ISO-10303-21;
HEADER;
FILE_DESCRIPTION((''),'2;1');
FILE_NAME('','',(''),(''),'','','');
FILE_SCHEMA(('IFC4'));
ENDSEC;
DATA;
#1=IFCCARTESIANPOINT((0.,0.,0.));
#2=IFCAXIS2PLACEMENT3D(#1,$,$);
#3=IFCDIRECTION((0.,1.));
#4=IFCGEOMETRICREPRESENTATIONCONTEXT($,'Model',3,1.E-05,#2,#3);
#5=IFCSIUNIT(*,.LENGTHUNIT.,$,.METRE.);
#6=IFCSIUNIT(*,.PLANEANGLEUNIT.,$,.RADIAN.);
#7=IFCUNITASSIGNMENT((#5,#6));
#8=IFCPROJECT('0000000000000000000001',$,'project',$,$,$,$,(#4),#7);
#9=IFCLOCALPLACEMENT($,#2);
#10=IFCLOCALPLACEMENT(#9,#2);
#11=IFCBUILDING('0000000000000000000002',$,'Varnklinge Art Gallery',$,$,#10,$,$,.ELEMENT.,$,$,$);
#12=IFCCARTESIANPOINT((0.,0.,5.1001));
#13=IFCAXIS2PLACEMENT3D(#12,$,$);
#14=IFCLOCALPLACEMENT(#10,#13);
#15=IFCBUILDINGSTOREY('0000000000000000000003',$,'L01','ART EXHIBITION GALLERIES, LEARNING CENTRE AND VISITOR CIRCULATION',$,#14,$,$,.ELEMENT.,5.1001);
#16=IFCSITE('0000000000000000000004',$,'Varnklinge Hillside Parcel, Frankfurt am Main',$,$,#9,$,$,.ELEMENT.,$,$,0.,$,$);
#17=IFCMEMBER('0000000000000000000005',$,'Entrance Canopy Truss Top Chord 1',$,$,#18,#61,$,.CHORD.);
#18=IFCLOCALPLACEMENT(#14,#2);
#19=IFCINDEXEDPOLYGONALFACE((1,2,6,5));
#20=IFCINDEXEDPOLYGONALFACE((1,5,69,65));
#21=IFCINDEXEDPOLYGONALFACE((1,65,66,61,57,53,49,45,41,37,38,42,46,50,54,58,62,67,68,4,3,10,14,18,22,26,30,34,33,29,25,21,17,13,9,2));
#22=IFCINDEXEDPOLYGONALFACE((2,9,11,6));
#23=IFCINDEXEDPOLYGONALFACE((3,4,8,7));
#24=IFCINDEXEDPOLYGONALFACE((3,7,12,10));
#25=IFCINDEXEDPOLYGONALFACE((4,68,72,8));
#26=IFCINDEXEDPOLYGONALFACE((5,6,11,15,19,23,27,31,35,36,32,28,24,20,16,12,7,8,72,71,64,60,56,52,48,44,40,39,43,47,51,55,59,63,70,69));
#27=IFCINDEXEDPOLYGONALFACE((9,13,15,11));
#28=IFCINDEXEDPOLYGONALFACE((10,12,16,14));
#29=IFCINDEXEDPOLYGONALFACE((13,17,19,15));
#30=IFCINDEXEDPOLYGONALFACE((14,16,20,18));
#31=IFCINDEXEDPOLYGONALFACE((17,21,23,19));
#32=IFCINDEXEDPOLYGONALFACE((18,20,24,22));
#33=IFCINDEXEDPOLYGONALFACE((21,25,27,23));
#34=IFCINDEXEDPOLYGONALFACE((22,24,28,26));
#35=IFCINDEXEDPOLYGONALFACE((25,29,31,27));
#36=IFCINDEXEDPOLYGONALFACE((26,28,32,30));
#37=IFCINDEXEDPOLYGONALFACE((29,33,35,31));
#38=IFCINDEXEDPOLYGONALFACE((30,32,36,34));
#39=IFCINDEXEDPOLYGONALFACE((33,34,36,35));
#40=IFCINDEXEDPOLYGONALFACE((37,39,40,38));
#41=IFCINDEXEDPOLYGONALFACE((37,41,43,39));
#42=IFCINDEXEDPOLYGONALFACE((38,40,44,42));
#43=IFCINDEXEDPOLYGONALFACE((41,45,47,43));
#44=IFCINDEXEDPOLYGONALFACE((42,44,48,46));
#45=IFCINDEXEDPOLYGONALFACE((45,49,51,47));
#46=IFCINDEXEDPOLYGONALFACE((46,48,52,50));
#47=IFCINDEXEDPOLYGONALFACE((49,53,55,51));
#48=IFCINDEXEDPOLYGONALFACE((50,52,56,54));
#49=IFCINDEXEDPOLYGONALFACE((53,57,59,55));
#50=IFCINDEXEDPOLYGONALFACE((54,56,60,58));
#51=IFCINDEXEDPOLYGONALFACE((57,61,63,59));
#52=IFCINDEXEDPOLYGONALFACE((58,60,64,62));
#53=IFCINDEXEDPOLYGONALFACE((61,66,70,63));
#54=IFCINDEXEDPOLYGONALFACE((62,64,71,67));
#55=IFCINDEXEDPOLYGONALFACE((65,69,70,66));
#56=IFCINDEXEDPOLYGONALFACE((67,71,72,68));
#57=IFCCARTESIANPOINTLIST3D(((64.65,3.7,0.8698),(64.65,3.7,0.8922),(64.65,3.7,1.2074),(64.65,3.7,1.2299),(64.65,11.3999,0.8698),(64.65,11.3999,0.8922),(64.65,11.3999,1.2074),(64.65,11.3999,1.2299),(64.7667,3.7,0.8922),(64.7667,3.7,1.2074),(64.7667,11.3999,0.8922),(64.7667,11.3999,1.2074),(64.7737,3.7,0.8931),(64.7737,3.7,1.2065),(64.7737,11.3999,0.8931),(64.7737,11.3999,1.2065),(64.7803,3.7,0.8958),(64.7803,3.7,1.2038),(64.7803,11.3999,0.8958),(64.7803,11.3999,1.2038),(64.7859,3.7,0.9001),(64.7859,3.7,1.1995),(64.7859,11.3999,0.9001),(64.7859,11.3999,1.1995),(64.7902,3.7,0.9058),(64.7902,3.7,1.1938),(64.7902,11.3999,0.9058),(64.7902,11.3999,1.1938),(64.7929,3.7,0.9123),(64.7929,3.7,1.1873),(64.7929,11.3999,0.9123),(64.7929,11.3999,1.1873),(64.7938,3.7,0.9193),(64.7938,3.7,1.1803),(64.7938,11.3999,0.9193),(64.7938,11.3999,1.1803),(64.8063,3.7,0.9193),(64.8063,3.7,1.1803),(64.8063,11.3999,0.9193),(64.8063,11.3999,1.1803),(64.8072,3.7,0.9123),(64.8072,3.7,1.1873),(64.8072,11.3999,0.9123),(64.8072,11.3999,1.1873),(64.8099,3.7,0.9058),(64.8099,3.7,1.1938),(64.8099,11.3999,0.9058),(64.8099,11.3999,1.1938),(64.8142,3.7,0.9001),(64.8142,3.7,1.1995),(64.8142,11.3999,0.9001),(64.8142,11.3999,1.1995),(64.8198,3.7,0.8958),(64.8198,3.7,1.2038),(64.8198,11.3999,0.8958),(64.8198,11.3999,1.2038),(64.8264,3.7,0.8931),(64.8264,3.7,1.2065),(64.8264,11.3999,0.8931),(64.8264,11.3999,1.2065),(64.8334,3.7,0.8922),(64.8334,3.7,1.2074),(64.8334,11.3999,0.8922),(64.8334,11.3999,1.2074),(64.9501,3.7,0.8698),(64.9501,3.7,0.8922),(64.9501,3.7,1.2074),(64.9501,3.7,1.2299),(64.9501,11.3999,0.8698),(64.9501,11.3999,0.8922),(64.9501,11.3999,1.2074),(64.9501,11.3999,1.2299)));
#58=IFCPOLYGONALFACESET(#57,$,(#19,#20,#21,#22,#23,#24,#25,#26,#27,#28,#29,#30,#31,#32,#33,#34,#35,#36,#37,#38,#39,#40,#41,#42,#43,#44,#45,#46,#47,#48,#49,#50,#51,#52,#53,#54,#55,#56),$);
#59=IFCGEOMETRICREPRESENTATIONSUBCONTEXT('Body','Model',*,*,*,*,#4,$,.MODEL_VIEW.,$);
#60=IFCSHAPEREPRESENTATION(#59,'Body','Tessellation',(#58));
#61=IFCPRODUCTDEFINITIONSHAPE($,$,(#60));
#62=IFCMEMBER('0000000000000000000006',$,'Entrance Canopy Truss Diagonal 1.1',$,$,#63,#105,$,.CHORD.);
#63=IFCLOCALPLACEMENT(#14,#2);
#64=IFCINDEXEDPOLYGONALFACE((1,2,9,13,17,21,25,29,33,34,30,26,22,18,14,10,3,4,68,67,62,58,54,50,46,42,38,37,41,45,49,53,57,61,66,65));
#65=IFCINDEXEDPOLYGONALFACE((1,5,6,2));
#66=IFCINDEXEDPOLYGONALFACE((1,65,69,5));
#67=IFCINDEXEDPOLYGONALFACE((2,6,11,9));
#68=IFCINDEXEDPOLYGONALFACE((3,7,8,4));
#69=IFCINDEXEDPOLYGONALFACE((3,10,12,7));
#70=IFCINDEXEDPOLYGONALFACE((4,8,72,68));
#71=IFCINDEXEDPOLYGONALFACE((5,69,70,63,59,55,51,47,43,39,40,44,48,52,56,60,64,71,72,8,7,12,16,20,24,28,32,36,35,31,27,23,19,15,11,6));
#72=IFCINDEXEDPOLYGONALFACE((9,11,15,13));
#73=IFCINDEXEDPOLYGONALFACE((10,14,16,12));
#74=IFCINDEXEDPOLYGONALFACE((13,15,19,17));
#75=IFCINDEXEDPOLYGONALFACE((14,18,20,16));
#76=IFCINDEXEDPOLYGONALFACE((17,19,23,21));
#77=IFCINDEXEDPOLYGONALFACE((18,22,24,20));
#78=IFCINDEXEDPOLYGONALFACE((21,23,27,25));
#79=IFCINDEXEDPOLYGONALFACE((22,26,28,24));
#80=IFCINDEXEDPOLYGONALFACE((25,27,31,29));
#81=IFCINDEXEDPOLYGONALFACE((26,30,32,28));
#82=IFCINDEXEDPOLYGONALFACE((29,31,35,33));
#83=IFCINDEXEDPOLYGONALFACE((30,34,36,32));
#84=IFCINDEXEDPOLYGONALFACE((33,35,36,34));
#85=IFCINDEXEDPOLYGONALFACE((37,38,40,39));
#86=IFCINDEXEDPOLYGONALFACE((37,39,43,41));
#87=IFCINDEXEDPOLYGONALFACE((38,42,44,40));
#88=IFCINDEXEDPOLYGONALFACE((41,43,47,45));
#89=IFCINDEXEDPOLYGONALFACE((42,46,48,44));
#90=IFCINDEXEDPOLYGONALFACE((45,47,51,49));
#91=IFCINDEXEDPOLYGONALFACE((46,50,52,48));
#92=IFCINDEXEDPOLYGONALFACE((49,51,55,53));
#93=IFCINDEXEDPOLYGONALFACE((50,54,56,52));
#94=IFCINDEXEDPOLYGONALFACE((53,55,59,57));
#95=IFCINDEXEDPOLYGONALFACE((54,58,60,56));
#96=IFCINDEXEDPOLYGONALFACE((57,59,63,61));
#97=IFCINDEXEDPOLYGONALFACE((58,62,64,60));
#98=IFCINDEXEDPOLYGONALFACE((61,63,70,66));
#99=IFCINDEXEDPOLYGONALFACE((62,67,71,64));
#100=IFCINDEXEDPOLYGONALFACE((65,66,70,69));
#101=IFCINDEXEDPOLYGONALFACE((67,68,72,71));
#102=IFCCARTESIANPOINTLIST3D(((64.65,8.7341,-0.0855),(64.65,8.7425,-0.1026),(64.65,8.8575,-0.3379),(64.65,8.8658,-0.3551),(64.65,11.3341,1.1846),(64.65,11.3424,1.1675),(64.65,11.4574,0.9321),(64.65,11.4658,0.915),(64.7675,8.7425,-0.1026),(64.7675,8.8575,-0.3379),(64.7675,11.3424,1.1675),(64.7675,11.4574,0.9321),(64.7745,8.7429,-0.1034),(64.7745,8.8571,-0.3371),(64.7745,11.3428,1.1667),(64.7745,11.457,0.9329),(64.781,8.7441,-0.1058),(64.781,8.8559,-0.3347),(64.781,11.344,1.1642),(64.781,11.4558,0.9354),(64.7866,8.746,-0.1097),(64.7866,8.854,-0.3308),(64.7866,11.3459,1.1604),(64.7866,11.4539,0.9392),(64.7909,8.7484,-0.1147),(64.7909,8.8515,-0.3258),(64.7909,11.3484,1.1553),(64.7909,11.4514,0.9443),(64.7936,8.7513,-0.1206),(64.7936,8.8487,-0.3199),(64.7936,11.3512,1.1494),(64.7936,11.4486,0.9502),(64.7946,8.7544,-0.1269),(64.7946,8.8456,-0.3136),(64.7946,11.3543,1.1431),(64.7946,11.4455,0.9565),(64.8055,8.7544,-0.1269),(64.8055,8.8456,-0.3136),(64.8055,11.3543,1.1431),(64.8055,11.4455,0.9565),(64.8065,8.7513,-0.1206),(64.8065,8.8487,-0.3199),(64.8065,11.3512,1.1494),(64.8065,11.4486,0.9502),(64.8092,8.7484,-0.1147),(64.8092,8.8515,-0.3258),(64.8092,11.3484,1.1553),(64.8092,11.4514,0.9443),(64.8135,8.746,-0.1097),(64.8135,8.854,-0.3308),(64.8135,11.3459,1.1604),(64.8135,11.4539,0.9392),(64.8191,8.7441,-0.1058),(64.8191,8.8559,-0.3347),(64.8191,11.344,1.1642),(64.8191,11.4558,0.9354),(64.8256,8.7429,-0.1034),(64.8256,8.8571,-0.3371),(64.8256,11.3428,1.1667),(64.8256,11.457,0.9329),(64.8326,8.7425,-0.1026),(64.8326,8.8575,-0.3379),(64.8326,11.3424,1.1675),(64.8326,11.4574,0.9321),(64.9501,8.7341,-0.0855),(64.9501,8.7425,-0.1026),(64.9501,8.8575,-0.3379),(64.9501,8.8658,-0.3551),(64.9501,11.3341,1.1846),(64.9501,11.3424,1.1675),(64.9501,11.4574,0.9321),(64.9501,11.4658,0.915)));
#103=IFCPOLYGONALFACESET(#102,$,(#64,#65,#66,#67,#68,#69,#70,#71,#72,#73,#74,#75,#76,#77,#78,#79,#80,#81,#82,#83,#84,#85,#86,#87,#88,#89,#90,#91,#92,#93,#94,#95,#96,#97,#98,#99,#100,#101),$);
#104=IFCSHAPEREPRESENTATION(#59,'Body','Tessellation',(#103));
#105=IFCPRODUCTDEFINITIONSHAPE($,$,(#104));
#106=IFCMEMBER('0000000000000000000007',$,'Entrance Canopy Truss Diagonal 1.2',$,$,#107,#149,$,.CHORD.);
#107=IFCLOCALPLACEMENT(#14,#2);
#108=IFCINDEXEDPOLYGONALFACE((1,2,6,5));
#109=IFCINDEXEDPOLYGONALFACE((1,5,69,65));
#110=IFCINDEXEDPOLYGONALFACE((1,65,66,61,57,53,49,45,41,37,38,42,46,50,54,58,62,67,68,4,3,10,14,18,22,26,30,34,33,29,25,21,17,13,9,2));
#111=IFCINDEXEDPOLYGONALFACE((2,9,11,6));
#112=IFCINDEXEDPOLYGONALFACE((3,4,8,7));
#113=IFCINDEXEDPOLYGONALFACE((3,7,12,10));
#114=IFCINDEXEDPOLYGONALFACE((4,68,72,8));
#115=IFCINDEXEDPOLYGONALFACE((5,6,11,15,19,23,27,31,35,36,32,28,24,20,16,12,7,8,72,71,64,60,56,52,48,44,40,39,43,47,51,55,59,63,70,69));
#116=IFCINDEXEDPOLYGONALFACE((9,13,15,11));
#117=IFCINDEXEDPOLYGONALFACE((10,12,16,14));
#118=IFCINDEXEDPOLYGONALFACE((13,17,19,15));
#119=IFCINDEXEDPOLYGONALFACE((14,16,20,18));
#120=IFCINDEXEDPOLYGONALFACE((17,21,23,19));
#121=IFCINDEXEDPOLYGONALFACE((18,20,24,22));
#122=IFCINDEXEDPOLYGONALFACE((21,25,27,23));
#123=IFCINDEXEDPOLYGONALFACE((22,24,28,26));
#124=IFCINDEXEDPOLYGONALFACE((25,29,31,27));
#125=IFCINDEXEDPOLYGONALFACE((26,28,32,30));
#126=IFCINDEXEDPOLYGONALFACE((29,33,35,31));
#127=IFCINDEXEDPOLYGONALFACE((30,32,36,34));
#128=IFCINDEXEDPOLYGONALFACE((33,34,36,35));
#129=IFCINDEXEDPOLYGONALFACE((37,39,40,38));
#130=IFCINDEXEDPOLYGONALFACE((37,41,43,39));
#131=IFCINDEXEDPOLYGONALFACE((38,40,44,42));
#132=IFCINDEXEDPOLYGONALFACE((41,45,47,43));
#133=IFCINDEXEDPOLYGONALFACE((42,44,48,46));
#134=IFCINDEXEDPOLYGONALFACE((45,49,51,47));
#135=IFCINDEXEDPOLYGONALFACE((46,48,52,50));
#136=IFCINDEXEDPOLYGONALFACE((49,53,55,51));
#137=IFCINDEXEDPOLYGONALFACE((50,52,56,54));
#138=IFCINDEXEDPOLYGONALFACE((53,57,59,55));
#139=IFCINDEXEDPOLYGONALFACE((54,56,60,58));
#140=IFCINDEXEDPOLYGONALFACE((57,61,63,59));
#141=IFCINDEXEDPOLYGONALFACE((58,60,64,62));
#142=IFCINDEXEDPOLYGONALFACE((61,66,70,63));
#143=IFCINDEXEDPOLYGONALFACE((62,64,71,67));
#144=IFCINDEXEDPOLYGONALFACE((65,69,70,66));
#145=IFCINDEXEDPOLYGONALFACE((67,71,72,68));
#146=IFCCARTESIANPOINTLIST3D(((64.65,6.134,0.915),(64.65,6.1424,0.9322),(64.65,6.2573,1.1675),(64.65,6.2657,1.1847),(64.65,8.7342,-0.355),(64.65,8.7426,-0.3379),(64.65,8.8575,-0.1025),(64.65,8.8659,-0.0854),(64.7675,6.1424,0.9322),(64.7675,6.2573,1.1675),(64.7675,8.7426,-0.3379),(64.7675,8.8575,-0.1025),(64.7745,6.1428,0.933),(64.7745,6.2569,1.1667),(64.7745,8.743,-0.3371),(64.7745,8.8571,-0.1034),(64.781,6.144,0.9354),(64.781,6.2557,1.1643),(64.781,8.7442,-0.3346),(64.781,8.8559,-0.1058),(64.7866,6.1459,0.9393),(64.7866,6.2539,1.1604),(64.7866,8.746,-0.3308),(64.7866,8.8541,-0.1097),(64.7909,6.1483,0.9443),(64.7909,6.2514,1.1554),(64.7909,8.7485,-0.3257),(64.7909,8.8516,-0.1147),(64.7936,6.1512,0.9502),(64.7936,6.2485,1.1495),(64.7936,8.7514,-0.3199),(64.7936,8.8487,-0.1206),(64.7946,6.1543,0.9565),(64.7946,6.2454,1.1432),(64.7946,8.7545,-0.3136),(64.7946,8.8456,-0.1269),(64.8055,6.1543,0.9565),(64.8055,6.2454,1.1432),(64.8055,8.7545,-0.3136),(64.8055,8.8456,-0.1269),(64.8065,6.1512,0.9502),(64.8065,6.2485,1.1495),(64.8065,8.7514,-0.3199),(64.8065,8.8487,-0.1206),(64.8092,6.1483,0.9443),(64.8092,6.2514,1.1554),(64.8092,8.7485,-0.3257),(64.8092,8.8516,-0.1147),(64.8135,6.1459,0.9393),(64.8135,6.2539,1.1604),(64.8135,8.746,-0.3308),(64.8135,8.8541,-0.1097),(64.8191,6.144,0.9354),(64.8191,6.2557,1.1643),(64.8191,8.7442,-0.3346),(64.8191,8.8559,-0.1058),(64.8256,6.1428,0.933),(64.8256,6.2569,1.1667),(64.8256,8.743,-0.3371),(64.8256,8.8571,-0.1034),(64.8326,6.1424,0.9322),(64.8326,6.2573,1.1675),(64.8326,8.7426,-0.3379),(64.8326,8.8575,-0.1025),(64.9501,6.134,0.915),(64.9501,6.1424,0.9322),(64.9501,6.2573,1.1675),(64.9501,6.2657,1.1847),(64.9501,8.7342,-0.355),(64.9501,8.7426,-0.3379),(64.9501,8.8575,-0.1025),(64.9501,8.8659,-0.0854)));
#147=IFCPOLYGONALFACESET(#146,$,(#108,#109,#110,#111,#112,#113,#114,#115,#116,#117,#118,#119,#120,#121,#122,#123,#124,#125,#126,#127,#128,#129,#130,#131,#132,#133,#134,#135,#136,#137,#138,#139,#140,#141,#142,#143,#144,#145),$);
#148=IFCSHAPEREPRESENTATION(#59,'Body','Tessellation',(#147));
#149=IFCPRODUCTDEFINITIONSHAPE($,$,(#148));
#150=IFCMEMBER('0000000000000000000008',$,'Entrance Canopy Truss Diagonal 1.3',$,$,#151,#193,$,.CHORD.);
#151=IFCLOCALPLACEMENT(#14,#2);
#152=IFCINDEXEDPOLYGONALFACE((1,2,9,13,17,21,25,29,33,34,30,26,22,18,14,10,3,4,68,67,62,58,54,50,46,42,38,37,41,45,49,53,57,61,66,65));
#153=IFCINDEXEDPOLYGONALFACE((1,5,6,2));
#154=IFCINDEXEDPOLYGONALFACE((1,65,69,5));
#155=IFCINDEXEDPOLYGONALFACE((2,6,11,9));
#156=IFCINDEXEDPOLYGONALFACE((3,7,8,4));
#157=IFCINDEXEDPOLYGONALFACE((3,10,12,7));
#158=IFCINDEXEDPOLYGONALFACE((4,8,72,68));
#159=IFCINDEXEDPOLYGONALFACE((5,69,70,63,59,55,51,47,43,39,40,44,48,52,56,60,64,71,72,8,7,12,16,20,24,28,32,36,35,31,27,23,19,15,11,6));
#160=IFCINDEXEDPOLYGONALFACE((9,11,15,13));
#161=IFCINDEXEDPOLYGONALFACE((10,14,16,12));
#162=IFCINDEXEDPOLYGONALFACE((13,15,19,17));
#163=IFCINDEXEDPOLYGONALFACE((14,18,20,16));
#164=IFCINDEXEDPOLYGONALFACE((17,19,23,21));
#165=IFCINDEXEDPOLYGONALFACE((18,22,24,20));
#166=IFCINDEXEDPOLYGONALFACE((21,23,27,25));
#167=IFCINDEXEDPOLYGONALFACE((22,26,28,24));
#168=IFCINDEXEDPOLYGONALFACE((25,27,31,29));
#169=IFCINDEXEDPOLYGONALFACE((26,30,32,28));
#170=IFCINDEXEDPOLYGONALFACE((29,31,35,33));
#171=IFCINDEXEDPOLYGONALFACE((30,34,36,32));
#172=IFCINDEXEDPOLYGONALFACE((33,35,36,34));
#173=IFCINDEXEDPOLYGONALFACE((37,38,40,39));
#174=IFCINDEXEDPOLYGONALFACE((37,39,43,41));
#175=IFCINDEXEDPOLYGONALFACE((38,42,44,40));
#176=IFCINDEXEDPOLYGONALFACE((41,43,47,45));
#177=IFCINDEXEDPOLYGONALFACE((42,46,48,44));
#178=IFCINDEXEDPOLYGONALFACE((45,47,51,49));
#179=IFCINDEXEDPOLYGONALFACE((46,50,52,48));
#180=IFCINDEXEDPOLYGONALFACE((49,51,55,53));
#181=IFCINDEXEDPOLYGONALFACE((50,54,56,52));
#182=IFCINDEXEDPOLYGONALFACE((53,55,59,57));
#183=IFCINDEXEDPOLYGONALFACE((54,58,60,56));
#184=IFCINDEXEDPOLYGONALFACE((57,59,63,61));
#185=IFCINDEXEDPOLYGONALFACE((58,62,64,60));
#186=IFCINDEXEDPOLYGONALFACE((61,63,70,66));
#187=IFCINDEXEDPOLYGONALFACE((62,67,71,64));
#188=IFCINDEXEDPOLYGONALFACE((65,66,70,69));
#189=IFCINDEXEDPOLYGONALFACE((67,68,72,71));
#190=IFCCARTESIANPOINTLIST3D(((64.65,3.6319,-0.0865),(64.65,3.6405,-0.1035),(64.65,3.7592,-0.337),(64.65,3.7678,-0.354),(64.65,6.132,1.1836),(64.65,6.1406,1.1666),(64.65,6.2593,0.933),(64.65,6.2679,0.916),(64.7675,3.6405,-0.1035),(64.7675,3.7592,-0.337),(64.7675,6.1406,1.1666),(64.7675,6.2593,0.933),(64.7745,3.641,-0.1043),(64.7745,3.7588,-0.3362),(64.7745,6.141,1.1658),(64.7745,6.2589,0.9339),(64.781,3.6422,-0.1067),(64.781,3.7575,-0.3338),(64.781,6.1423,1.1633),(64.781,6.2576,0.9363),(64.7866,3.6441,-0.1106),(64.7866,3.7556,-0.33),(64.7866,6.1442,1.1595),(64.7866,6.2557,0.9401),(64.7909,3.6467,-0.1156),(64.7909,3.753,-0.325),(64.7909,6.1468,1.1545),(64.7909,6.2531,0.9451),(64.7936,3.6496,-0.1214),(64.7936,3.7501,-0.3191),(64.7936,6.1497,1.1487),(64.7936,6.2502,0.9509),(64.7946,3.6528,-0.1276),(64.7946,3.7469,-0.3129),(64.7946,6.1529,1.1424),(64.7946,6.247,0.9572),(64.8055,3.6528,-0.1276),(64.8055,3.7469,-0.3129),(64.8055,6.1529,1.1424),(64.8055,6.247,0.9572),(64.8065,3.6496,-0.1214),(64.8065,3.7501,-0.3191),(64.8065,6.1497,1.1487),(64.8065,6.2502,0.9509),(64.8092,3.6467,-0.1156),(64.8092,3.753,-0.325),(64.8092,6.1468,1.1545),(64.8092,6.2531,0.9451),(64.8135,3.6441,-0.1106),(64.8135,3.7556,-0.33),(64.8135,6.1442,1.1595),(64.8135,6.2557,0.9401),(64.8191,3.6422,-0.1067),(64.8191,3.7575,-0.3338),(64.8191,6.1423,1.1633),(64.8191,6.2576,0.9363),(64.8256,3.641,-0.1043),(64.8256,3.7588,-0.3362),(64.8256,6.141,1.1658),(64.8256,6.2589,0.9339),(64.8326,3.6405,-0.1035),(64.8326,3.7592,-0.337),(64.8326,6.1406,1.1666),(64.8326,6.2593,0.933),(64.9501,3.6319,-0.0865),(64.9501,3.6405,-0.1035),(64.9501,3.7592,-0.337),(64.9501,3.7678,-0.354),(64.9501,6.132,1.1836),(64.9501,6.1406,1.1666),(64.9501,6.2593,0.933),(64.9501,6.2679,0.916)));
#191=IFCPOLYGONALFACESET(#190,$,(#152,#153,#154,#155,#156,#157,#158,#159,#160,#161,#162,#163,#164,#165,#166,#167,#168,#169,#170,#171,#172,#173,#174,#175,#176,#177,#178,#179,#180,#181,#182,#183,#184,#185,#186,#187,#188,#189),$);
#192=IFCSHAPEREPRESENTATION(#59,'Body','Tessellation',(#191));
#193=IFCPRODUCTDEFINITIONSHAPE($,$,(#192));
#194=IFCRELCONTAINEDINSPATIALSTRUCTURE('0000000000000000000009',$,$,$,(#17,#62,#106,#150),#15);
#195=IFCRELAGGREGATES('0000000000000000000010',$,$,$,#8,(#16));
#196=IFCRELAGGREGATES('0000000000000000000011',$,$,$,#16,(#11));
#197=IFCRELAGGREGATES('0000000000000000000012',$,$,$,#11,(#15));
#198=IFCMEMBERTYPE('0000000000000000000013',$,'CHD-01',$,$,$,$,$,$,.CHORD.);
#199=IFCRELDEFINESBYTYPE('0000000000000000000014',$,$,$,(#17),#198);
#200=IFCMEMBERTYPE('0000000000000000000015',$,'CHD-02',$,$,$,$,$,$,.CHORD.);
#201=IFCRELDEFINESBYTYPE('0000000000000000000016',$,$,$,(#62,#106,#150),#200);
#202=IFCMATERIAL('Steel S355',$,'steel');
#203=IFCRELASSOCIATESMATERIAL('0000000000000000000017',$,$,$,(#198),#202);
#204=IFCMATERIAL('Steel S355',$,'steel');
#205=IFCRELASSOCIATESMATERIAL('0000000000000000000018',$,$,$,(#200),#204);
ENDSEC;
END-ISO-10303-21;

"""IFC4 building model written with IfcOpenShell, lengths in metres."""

from ifc_helpers import new_model, si_unit, direction, frame, origin, origin_2d, place, context, subcontext, project, spatial, i_section, extrude, material, material_profile, profile_set, type_object, element, save


model = new_model("IFC4")

# Units and contexts
model_context = context("Model", 3, precision=1e-05, world=origin(), true_north=direction((0.0, 1.0)))
body_context = subcontext(model_context, "Body", "Model", "MODEL_VIEW")
ifc_project = project(units=[si_unit("LENGTHUNIT", "METRE"), si_unit("PLANEANGLEUNIT", "RADIAN")], contexts=[model_context])

# Site, building, storey
site_placement = place(None, origin())
site = spatial("IfcSite", under=ifc_project, at=site_placement, Name="Varnklinge Hillside Parcel, Frankfurt am Main", CompositionType="ELEMENT", RefElevation=0.0)
building_placement = place(site_placement, origin())
building = spatial("IfcBuilding", under=site, at=building_placement, Name="Varnklinge Art Gallery", CompositionType="ELEMENT")
storey_placement = place(building_placement, frame((0.0, 0.0, 5.1001)))
storey = spatial("IfcBuildingStorey", under=building, at=storey_placement, Name="L01", Description="ART EXHIBITION GALLERIES, LEARNING CENTRE AND VISITOR CIRCULATION", CompositionType="ELEMENT", Elevation=5.1001)

# Members
ifc_material_1 = material(Name="Steel S355", Category="steel")
ifc_material_profile_1 = material_profile(ifc_material_1, i_section(OverallWidth=0.3, OverallDepth=0.3601, WebThickness=0.0125, FlangeThickness=0.0225, FilletRadius=0.0271, at=origin_2d()), Name="HEB 360")
ifc_profile_set_1 = profile_set([ifc_material_profile_1], Name="Steel S355")
member_type_1 = type_object("IfcMemberType", Name="CHD-01", PredefinedType="CHORD", material=ifc_profile_set_1)
member_1_placement = place(storey_placement, frame((64.8, 11.3999, 1.0498), z_axis=(0.0, -1.0, 0.0), x_axis=(1.0, 0.0, 0.0)))
element("IfcMember", 1, at=member_1_placement, inside=storey, type_object=member_type_1, Name="Entrance Canopy Truss Top Chord 1", PredefinedType="CHORD", context=body_context, shape_type="SweptSolid", body=[
    extrude(i_section(OverallWidth=0.3, OverallDepth=0.3601, WebThickness=0.0125, FlangeThickness=0.0225, FilletRadius=0.0271, at=origin_2d()), origin(), (0.0, 0.0, 1.0), 7.7),
])
ifc_material_2 = material(Name="Steel S355", Category="steel")
ifc_material_profile_2 = material_profile(ifc_material_2, i_section(OverallWidth=0.3, OverallDepth=0.3, WebThickness=0.011, FlangeThickness=0.019, FilletRadius=0.0271, at=origin_2d()), Name="HEB 300")
ifc_profile_set_2 = profile_set([ifc_material_profile_2], Name="Steel S355")
member_type_2 = type_object("IfcMemberType", Name="CHD-02", PredefinedType="CHORD", material=ifc_profile_set_2)
member_2_placement = place(storey_placement, frame((64.8, 11.3999, 1.0498), z_axis=(0.0, -0.898523, -0.438926), x_axis=(1.0, 0.0, 0.0)))
element("IfcMember", 2, at=member_2_placement, inside=storey, type_object=member_type_2, Name="Entrance Canopy Truss Diagonal 1.1", PredefinedType="CHORD", context=body_context, shape_type="SweptSolid", body=[
    extrude(i_section(OverallWidth=0.3, OverallDepth=0.3, WebThickness=0.011, FlangeThickness=0.019, FilletRadius=0.0271, at=origin_2d()), origin(), (0.0, 0.0, 1.0), 2.8936),
])
member_3_placement = place(storey_placement, frame((64.8, 8.8, -0.2202), z_axis=(0.0, -0.89854, 0.438892), x_axis=(1.0, 0.0, 0.0)))
element("IfcMember", 3, at=member_3_placement, inside=storey, type_object=member_type_2, Name="Entrance Canopy Truss Diagonal 1.2", PredefinedType="CHORD", context=body_context, shape_type="SweptSolid", body=[
    extrude(i_section(OverallWidth=0.3, OverallDepth=0.3, WebThickness=0.011, FlangeThickness=0.019, FilletRadius=0.0271, at=origin_2d()), origin(), (0.0, 0.0, 1.0), 2.8938),
])
member_4_placement = place(storey_placement, frame((64.8, 6.2, 1.0498), z_axis=(0.0, -0.891553, -0.452916), x_axis=(1.0, 0.0, 0.0)))
element("IfcMember", 4, at=member_4_placement, inside=storey, type_object=member_type_2, Name="Entrance Canopy Truss Diagonal 1.3", PredefinedType="CHORD", context=body_context, shape_type="SweptSolid", body=[
    extrude(i_section(OverallWidth=0.3, OverallDepth=0.3, WebThickness=0.011, FlangeThickness=0.019, FilletRadius=0.0271, at=origin_2d()), origin(), (0.0, 0.0, 1.0), 2.8042),
])

save(model, "model.ifc")
